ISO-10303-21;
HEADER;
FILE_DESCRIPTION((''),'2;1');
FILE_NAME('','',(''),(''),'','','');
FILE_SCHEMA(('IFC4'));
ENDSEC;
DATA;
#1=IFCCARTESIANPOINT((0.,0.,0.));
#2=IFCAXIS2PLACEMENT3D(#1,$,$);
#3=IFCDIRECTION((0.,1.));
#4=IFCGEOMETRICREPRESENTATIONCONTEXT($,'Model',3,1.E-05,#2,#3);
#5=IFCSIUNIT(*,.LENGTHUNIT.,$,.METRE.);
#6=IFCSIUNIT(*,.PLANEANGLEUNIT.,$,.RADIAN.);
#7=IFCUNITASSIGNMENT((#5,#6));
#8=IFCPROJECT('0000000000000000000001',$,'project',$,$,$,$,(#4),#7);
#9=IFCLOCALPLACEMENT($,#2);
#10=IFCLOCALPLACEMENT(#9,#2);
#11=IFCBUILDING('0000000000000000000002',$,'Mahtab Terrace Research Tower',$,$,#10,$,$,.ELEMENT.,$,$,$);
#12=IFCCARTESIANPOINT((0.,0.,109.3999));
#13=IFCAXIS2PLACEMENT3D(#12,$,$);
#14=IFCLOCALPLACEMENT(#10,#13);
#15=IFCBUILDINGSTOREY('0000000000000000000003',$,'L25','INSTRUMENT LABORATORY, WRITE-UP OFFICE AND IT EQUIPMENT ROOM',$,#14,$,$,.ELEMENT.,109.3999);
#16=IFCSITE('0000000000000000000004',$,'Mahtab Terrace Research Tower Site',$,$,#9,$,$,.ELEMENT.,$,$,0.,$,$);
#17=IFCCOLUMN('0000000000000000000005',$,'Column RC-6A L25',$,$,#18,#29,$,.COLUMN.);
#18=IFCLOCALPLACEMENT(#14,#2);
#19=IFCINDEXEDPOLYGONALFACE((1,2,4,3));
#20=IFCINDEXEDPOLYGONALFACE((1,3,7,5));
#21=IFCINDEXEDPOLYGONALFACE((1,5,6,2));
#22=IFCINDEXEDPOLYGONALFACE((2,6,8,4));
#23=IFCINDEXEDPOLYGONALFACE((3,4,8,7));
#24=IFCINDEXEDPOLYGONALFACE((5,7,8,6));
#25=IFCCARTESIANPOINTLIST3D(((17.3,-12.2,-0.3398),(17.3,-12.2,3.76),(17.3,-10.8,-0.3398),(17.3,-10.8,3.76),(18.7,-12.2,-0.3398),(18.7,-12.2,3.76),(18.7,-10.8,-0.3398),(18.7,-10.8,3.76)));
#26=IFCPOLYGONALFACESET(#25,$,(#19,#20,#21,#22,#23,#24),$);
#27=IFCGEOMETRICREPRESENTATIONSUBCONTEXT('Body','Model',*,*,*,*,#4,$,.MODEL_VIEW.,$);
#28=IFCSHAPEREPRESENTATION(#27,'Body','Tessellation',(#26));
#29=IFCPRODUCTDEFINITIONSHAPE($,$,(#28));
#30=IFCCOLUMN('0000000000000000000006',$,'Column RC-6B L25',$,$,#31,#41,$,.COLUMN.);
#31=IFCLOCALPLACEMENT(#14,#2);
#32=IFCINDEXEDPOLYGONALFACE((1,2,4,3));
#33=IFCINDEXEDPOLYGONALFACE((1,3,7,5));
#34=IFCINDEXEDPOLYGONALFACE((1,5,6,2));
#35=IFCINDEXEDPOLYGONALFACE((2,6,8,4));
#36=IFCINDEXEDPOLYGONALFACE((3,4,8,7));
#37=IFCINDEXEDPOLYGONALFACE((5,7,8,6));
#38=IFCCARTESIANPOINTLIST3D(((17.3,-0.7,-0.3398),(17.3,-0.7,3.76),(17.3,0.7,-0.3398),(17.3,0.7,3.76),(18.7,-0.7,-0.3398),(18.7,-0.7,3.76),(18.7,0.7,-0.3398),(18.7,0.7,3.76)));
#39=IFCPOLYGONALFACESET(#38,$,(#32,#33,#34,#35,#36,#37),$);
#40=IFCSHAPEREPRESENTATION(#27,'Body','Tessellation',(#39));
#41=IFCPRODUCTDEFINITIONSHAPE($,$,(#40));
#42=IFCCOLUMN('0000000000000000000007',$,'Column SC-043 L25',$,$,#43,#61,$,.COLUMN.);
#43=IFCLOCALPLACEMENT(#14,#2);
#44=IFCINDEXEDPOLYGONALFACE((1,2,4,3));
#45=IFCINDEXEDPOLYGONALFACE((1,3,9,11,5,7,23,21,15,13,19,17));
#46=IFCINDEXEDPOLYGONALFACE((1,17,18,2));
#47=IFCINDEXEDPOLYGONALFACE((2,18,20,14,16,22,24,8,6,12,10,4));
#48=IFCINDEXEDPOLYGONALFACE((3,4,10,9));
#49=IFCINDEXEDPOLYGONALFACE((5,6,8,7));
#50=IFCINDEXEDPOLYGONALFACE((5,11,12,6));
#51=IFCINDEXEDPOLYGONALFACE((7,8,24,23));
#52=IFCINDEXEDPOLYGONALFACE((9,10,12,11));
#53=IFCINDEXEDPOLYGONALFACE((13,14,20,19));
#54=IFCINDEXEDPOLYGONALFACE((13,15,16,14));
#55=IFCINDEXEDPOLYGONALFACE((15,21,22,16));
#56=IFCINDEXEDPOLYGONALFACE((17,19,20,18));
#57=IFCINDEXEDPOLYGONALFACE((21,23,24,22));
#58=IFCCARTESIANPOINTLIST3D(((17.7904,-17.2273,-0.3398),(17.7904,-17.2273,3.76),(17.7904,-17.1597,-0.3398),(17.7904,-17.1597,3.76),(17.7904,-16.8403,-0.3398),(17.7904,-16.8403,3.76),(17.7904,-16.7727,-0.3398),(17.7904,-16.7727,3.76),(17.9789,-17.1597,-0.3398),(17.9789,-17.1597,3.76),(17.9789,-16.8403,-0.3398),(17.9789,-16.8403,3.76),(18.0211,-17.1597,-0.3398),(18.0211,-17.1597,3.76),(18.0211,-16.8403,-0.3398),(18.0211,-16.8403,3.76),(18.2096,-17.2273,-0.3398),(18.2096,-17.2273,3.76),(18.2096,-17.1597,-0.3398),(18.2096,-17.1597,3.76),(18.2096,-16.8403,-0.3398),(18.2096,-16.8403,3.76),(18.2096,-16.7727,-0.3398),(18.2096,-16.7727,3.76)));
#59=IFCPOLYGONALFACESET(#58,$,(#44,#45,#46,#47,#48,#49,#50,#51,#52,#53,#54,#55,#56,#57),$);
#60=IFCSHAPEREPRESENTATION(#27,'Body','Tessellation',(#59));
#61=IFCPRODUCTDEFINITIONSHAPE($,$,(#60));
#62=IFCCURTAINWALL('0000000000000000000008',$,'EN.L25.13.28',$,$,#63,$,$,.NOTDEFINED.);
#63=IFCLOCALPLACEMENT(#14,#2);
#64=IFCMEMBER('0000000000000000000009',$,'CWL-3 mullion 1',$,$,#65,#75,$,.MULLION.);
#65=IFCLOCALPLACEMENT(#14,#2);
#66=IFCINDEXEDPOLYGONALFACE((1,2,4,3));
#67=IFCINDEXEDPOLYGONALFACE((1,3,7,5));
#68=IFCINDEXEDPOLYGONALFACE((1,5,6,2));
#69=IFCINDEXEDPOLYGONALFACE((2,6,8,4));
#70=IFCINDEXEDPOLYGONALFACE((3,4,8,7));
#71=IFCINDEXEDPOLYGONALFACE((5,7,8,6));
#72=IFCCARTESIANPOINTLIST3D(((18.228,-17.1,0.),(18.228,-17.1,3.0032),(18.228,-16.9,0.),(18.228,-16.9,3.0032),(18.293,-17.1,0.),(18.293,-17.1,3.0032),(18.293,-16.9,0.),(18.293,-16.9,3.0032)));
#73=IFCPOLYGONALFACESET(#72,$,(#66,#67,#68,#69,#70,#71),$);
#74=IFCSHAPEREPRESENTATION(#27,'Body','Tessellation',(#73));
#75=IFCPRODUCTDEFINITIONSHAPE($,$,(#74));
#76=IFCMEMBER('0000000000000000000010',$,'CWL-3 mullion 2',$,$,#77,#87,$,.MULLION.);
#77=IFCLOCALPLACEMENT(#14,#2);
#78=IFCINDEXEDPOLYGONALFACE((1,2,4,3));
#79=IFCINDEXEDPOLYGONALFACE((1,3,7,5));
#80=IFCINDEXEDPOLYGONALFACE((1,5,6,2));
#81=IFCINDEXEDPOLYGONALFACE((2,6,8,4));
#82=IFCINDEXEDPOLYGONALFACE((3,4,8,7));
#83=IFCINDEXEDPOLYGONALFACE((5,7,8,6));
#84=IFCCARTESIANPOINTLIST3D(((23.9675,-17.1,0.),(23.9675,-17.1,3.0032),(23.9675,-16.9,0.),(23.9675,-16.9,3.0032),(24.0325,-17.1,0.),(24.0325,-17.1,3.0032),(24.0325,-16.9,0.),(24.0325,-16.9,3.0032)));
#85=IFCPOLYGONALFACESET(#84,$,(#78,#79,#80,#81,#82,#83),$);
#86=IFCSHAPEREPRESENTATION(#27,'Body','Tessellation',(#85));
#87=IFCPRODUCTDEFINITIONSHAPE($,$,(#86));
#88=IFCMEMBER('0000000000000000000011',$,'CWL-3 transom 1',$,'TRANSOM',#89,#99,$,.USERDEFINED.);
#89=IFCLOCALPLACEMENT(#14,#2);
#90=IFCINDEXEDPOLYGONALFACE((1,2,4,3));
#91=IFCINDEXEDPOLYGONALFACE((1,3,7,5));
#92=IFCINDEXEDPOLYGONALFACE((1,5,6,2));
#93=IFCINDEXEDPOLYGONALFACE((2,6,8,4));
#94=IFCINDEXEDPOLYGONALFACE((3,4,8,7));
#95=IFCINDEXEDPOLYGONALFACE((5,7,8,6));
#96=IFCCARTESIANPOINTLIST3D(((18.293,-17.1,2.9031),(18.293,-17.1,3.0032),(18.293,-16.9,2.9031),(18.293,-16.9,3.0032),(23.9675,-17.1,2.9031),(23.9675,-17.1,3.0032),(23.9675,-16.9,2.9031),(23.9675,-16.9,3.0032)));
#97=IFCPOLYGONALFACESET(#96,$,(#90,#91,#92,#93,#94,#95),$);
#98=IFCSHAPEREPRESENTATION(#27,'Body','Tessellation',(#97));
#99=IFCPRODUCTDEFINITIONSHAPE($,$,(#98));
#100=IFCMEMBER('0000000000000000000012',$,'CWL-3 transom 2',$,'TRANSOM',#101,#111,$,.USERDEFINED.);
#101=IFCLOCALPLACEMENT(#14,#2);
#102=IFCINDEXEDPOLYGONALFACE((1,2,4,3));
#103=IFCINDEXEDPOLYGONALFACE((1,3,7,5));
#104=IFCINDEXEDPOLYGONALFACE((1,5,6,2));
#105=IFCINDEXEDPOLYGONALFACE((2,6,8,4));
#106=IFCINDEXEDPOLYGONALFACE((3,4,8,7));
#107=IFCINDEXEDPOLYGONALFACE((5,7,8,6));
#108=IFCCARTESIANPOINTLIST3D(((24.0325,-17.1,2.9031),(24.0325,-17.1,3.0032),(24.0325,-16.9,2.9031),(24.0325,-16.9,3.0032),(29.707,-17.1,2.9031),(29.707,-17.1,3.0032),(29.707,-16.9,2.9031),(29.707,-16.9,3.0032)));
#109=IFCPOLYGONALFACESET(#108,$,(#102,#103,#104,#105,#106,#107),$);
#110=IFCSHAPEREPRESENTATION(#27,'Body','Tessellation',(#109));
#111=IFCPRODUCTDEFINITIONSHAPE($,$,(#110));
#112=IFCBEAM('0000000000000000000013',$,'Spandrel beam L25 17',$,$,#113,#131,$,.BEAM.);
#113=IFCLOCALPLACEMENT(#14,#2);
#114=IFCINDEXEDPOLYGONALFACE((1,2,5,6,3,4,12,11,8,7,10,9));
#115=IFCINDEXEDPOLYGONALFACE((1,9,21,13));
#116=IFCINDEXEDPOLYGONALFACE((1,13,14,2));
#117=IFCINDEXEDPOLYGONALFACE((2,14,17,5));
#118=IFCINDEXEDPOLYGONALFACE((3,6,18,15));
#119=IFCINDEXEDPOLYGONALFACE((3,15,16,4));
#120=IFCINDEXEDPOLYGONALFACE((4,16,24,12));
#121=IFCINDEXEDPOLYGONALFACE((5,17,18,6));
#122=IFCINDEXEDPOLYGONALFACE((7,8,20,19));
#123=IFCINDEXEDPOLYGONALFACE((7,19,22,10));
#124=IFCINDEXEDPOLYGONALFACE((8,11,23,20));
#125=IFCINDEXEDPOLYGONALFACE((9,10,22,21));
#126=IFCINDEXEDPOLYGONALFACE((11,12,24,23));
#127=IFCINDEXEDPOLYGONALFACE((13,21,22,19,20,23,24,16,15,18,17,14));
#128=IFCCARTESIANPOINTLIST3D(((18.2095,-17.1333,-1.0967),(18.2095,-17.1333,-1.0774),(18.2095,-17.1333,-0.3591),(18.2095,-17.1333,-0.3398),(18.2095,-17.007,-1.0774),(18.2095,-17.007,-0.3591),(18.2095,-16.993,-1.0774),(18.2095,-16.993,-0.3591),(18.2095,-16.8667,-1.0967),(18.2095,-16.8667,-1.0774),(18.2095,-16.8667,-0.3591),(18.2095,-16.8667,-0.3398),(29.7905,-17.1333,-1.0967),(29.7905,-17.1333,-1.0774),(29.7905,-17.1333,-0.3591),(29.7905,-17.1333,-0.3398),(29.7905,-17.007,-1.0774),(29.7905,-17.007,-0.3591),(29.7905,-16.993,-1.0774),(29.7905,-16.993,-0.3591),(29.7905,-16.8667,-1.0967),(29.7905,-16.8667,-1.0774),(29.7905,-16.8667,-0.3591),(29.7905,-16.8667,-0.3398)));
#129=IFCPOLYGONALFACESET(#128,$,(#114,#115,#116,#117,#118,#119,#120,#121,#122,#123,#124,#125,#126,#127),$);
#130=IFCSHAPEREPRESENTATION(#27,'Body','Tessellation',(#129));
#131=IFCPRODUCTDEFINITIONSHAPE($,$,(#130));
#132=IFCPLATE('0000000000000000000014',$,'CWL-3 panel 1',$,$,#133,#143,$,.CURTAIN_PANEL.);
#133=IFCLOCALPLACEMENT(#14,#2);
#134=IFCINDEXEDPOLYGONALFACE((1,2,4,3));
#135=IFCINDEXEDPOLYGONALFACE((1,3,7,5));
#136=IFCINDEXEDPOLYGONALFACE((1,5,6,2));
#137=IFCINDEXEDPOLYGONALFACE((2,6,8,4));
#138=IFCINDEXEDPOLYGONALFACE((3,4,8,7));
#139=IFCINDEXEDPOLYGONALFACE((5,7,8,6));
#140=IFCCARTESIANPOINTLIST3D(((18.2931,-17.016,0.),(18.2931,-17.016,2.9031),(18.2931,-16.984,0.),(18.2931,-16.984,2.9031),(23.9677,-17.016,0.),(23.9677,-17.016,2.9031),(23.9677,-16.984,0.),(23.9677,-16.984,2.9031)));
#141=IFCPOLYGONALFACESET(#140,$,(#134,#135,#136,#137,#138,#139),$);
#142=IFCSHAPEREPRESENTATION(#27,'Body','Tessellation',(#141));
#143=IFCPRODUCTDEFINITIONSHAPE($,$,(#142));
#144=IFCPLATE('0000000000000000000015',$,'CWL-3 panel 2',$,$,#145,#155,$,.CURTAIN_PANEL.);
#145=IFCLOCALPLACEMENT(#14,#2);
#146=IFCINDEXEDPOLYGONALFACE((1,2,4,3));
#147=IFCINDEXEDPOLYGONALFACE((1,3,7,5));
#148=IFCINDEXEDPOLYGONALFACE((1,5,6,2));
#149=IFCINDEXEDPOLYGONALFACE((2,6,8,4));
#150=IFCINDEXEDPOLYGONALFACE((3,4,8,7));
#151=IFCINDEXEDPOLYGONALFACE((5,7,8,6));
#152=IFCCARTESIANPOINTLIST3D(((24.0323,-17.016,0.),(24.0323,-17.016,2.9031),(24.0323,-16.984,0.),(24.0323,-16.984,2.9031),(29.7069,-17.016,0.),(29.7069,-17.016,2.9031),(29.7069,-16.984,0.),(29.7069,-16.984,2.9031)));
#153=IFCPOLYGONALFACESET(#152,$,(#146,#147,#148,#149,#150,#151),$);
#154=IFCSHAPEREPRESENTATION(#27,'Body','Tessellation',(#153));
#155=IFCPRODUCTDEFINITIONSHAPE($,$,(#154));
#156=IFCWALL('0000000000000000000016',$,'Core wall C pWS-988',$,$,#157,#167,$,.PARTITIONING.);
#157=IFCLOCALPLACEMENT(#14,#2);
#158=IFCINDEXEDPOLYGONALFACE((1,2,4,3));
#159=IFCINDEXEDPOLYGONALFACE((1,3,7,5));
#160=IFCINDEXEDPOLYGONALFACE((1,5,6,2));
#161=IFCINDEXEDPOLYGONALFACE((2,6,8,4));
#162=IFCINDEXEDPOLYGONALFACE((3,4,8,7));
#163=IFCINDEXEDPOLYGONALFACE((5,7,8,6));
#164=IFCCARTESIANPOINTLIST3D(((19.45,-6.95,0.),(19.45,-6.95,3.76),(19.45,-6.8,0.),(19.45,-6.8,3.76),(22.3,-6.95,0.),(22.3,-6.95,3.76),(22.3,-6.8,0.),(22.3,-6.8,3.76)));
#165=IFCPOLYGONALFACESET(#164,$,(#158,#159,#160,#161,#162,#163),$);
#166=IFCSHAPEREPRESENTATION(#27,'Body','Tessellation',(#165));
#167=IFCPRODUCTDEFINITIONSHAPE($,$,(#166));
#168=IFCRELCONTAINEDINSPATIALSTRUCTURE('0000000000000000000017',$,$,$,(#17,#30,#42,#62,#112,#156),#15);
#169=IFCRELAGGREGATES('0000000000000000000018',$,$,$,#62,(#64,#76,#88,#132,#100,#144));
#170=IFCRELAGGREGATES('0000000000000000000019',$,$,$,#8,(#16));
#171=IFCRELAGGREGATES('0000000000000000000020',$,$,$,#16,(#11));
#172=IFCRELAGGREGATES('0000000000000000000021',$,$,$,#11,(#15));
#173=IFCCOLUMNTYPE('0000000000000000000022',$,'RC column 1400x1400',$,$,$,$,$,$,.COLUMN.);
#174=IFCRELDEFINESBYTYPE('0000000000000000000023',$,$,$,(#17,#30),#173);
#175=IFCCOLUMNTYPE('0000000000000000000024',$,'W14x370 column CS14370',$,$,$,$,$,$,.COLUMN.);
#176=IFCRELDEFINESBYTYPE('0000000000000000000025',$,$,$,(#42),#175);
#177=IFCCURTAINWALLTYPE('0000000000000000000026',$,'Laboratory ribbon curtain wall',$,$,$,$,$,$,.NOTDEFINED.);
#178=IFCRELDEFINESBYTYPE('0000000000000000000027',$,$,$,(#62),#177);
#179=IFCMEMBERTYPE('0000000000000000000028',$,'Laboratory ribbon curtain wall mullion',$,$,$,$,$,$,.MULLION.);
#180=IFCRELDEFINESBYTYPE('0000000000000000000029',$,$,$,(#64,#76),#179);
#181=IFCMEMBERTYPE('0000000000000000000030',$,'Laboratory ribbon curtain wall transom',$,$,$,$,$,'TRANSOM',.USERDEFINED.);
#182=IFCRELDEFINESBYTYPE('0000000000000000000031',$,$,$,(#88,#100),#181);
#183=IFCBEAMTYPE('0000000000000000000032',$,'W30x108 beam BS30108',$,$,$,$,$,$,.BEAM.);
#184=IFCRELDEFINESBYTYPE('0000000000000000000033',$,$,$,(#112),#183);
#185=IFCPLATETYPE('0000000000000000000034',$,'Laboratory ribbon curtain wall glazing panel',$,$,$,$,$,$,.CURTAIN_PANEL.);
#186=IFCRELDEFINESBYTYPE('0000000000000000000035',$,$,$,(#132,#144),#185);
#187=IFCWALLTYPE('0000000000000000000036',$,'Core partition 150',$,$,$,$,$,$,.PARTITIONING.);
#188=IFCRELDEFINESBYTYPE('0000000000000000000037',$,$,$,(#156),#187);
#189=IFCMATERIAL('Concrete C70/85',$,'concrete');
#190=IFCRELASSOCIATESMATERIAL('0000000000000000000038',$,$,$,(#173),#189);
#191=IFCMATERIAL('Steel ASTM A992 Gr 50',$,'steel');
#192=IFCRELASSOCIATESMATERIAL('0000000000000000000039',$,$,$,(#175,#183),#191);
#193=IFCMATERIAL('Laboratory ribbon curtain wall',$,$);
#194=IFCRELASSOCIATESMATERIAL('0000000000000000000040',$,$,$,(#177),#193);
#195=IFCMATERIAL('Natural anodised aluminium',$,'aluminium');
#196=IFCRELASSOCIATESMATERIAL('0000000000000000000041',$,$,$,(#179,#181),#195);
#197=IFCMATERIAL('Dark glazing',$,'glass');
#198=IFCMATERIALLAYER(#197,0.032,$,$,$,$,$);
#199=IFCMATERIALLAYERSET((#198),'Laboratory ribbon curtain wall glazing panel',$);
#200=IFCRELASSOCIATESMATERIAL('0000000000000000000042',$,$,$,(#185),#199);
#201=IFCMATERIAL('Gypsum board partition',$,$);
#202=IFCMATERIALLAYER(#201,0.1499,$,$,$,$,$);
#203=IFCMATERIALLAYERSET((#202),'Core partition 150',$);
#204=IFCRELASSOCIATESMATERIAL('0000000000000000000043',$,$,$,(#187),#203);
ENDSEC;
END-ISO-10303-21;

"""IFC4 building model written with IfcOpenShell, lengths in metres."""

from ifc_helpers import new_model, si_unit, direction, frame, frame_2d, origin, origin_2d, place, context, subcontext, project, spatial, rectangle, i_section, extrude, material, layer, layer_set, material_profile, profile_set, type_object, element, aggregate, save


model = new_model("IFC4")

# Units and contexts
model_context = context("Model", 3, precision=1e-05, world=origin(), true_north=direction((0.0, 1.0)))
body_context = subcontext(model_context, "Body", "Model", "MODEL_VIEW")
ifc_project = project(units=[si_unit("LENGTHUNIT", "METRE"), si_unit("PLANEANGLEUNIT", "RADIAN")], contexts=[model_context])

# Site, building, storey
site_placement = place(None, origin())
site = spatial("IfcSite", under=ifc_project, at=site_placement, Name="Mahtab Terrace Research Tower Site", CompositionType="ELEMENT", RefElevation=0.0)
building_placement = place(site_placement, origin())
building = spatial("IfcBuilding", under=site, at=building_placement, Name="Mahtab Terrace Research Tower", CompositionType="ELEMENT")
storey_placement = place(building_placement, frame((0.0, 0.0, 109.3999)))
storey = spatial("IfcBuildingStorey", under=building, at=storey_placement, Name="L25", Description="INSTRUMENT LABORATORY, WRITE-UP OFFICE AND IT EQUIPMENT ROOM", CompositionType="ELEMENT", Elevation=109.3999)

# Columns
ifc_material_1 = material(Name="Concrete C70/85", Category="concrete")
ifc_material_profile_1 = material_profile(ifc_material_1, rectangle(XDim=1.3999, YDim=1.3999, at=origin_2d()), Name="RC column 1400x1400")
ifc_profile_set_1 = profile_set([ifc_material_profile_1], Name="Concrete C70/85")
column_type_1 = type_object("IfcColumnType", Name="RC column 1400x1400", PredefinedType="COLUMN", material=ifc_profile_set_1)
for number, where, z_axis, x_axis, name in (
    (1, (18.0, -11.5, -0.3398), (0.0, 0.0, 1.0), (1.0, 0.0, 0.0), "Column RC-6A L25"),
    (2, (18.0, 0.0, -0.3398), (0.0, 0.0, 1.0), (1.0, 0.0, 0.0), "Column RC-6B L25"),
):
    element("IfcColumn", number, at=place(storey_placement, frame(where, z_axis=z_axis, x_axis=x_axis)), inside=storey, type_object=column_type_1, Name=name, PredefinedType="COLUMN", context=body_context, shape_type="SweptSolid", body=[
        extrude(rectangle(XDim=1.3999, YDim=1.3999, at=origin_2d()), origin(), (0.0, 0.0, 1.0), 4.0999),
    ])
ifc_material_2 = material(Name="Steel ASTM A992 Gr 50", Category="steel")
ifc_material_profile_2 = material_profile(ifc_material_2, i_section(OverallWidth=0.4192, OverallDepth=0.4546, WebThickness=0.0422, FlangeThickness=0.0676, at=origin_2d()), Name="W14X370")
ifc_profile_set_2 = profile_set([ifc_material_profile_2], Name="Steel ASTM A992 Gr 50")
column_type_2 = type_object("IfcColumnType", Name="W14x370 column CS14370", PredefinedType="COLUMN", material=ifc_profile_set_2)
column_placement = place(storey_placement, frame((18.0, -17.0, -0.3398), z_axis=(0.0, 0.0, 1.0), x_axis=(1.0, 0.0, 0.0)))
element("IfcColumn", 3, at=column_placement, inside=storey, type_object=column_type_2, Name="Column SC-043 L25", PredefinedType="COLUMN", context=body_context, shape_type="SweptSolid", body=[
    extrude(i_section(OverallWidth=0.4192, OverallDepth=0.4546, WebThickness=0.0422, FlangeThickness=0.0676, at=origin_2d()), origin(), (0.0, 0.0, 1.0), 4.0999),
])

# Curtain wall, members
ifc_material_3 = material(Name="Laboratory ribbon curtain wall")
curtain_wall_type = type_object("IfcCurtainWallType", Name="Laboratory ribbon curtain wall", PredefinedType="NOTDEFINED", material=ifc_material_3)
curtain_wall_placement = place(storey_placement, origin())
curtain_wall = element("IfcCurtainWall", 4, at=curtain_wall_placement, inside=storey, type_object=curtain_wall_type, Name="EN.L25.13.28", PredefinedType="NOTDEFINED")
ifc_material_4 = material(Name="Natural anodised aluminium", Category="aluminium")
ifc_material_profile_3 = material_profile(ifc_material_4, rectangle(XDim=0.2, YDim=0.0649, at=origin_2d()), Name="MULLION 65x200")
ifc_profile_set_3 = profile_set([ifc_material_profile_3], Name="Natural anodised aluminium")
member_type_1 = type_object("IfcMemberType", Name="Laboratory ribbon curtain wall mullion", PredefinedType="MULLION", material=ifc_profile_set_3)
member_1_placement = place(storey_placement, frame((18.2605, -17.0, 0.0), z_axis=(0.0, 0.0, 1.0), x_axis=(0.0, 1.0, 0.0)))
member_1 = element("IfcMember", 5, at=member_1_placement, type_object=member_type_1, Name="CWL-3 mullion 1", PredefinedType="MULLION", context=body_context, shape_type="SweptSolid", body=[
    extrude(rectangle(XDim=0.2, YDim=0.0649, at=origin_2d()), origin(), (0.0, 0.0, 1.0), 3.0032),
])
member_2_placement = place(storey_placement, frame((24.0, -17.0, 0.0), z_axis=(0.0, 0.0, 1.0), x_axis=(0.0, 1.0, 0.0)))
member_2 = element("IfcMember", 6, at=member_2_placement, type_object=member_type_1, Name="CWL-3 mullion 2", PredefinedType="MULLION", context=body_context, shape_type="SweptSolid", body=[
    extrude(rectangle(XDim=0.2, YDim=0.0649, at=origin_2d()), origin(), (0.0, 0.0, 1.0), 3.0032),
])
ifc_material_profile_4 = material_profile(ifc_material_4, rectangle(XDim=0.2, YDim=0.1001, at=origin_2d()), Name="TRANSOM 100x200")
ifc_profile_set_4 = profile_set([ifc_material_profile_4], Name="Natural anodised aluminium")
member_type_2 = type_object("IfcMemberType", Name="Laboratory ribbon curtain wall transom", ElementType="TRANSOM", PredefinedType="USERDEFINED", material=ifc_profile_set_4)
member_3_placement = place(storey_placement, frame((18.293, -17.0, 2.9531), z_axis=(1.0, 0.0, 0.0), x_axis=(0.0, 1.0, 0.0)))
member_3 = element("IfcMember", 7, at=member_3_placement, type_object=member_type_2, Name="CWL-3 transom 1", ObjectType="TRANSOM", PredefinedType="USERDEFINED", context=body_context, shape_type="SweptSolid", body=[
    extrude(rectangle(XDim=0.2, YDim=0.1001, at=origin_2d()), origin(), (0.0, 0.0, 1.0), 5.6746),
])
member_4_placement = place(storey_placement, frame((24.0325, -17.0, 2.9531), z_axis=(1.0, 0.0, 0.0), x_axis=(0.0, 1.0, 0.0)))
member_4 = element("IfcMember", 8, at=member_4_placement, type_object=member_type_2, Name="CWL-3 transom 2", ObjectType="TRANSOM", PredefinedType="USERDEFINED", context=body_context, shape_type="SweptSolid", body=[
    extrude(rectangle(XDim=0.2, YDim=0.1001, at=origin_2d()), origin(), (0.0, 0.0, 1.0), 5.6746),
])

# Beam
ifc_material_profile_5 = material_profile(ifc_material_2, i_section(OverallWidth=0.2666, OverallDepth=0.7568, WebThickness=0.0139, FlangeThickness=0.0193, at=origin_2d()), Name="W30X108")
ifc_profile_set_5 = profile_set([ifc_material_profile_5], Name="Steel ASTM A992 Gr 50")
beam_type = type_object("IfcBeamType", Name="W30x108 beam BS30108", PredefinedType="BEAM", material=ifc_profile_set_5)
beam_placement = place(storey_placement, frame((18.2095, -17.0, -0.7183), z_axis=(1.0, 0.0, 0.0), x_axis=(0.0, 1.0, 0.0)))
element("IfcBeam", 9, at=beam_placement, inside=storey, type_object=beam_type, Name="Spandrel beam L25 17", PredefinedType="BEAM", context=body_context, shape_type="SweptSolid", body=[
    extrude(i_section(OverallWidth=0.2666, OverallDepth=0.7568, WebThickness=0.0139, FlangeThickness=0.0193, at=origin_2d()), origin(), (0.0, 0.0, 1.0), 11.5811),
])

# Plates
ifc_material_5 = material(Name="Dark glazing", Category="glass")
ifc_layer_1 = layer(ifc_material_5, 0.032)
ifc_layer_set_1 = layer_set([ifc_layer_1], Name="Laboratory ribbon curtain wall glazing panel")
plate_type = type_object("IfcPlateType", Name="Laboratory ribbon curtain wall glazing panel", PredefinedType="CURTAIN_PANEL", material=ifc_layer_set_1)
plate_1_placement = place(storey_placement, frame((21.1304, -17.0, 0.0), z_axis=(0.0, 0.0, 1.0), x_axis=(1.0, 0.0, 0.0)))
plate_1 = element("IfcPlate", 10, at=plate_1_placement, type_object=plate_type, Name="CWL-3 panel 1", PredefinedType="CURTAIN_PANEL", context=body_context, shape_type="SweptSolid", body=[
    extrude(rectangle(XDim=5.6746, YDim=0.032, at=origin_2d()), origin(), (0.0, 0.0, 1.0), 2.9031),
])
plate_2_placement = place(storey_placement, frame((26.8696, -17.0, 0.0), z_axis=(0.0, 0.0, 1.0), x_axis=(1.0, 0.0, 0.0)))
plate_2 = element("IfcPlate", 11, at=plate_2_placement, type_object=plate_type, Name="CWL-3 panel 2", PredefinedType="CURTAIN_PANEL", context=body_context, shape_type="SweptSolid", body=[
    extrude(rectangle(XDim=5.6746, YDim=0.032, at=origin_2d()), origin(), (0.0, 0.0, 1.0), 2.9031),
])
aggregate(curtain_wall, [member_1, member_2, member_3, plate_1, member_4, plate_2])

# Wall
ifc_material_6 = material(Name="Gypsum board partition")
ifc_layer_2 = layer(ifc_material_6, 0.1499)
ifc_layer_set_2 = layer_set([ifc_layer_2], Name="Core partition 150")
wall_type_1 = type_object("IfcWallType", Name="Core partition 150", PredefinedType="PARTITIONING", material=ifc_layer_set_2)
wall_1_placement = place(storey_placement, frame((19.45, -6.875, 0.0), z_axis=(0.0, 0.0, 1.0), x_axis=(1.0, 0.0, 0.0)))
element("IfcWall", 12, at=wall_1_placement, inside=storey, type_object=wall_type_1, Name="Core wall C pWS-988", PredefinedType="PARTITIONING", context=body_context, shape_type="SweptSolid", body=[
    extrude(rectangle(XDim=2.8501, YDim=0.1499, at=frame_2d((1.425, 0.0))), origin(), (0.0, 0.0, 1.0), 3.76),
])

save(model, "model.ifc")
